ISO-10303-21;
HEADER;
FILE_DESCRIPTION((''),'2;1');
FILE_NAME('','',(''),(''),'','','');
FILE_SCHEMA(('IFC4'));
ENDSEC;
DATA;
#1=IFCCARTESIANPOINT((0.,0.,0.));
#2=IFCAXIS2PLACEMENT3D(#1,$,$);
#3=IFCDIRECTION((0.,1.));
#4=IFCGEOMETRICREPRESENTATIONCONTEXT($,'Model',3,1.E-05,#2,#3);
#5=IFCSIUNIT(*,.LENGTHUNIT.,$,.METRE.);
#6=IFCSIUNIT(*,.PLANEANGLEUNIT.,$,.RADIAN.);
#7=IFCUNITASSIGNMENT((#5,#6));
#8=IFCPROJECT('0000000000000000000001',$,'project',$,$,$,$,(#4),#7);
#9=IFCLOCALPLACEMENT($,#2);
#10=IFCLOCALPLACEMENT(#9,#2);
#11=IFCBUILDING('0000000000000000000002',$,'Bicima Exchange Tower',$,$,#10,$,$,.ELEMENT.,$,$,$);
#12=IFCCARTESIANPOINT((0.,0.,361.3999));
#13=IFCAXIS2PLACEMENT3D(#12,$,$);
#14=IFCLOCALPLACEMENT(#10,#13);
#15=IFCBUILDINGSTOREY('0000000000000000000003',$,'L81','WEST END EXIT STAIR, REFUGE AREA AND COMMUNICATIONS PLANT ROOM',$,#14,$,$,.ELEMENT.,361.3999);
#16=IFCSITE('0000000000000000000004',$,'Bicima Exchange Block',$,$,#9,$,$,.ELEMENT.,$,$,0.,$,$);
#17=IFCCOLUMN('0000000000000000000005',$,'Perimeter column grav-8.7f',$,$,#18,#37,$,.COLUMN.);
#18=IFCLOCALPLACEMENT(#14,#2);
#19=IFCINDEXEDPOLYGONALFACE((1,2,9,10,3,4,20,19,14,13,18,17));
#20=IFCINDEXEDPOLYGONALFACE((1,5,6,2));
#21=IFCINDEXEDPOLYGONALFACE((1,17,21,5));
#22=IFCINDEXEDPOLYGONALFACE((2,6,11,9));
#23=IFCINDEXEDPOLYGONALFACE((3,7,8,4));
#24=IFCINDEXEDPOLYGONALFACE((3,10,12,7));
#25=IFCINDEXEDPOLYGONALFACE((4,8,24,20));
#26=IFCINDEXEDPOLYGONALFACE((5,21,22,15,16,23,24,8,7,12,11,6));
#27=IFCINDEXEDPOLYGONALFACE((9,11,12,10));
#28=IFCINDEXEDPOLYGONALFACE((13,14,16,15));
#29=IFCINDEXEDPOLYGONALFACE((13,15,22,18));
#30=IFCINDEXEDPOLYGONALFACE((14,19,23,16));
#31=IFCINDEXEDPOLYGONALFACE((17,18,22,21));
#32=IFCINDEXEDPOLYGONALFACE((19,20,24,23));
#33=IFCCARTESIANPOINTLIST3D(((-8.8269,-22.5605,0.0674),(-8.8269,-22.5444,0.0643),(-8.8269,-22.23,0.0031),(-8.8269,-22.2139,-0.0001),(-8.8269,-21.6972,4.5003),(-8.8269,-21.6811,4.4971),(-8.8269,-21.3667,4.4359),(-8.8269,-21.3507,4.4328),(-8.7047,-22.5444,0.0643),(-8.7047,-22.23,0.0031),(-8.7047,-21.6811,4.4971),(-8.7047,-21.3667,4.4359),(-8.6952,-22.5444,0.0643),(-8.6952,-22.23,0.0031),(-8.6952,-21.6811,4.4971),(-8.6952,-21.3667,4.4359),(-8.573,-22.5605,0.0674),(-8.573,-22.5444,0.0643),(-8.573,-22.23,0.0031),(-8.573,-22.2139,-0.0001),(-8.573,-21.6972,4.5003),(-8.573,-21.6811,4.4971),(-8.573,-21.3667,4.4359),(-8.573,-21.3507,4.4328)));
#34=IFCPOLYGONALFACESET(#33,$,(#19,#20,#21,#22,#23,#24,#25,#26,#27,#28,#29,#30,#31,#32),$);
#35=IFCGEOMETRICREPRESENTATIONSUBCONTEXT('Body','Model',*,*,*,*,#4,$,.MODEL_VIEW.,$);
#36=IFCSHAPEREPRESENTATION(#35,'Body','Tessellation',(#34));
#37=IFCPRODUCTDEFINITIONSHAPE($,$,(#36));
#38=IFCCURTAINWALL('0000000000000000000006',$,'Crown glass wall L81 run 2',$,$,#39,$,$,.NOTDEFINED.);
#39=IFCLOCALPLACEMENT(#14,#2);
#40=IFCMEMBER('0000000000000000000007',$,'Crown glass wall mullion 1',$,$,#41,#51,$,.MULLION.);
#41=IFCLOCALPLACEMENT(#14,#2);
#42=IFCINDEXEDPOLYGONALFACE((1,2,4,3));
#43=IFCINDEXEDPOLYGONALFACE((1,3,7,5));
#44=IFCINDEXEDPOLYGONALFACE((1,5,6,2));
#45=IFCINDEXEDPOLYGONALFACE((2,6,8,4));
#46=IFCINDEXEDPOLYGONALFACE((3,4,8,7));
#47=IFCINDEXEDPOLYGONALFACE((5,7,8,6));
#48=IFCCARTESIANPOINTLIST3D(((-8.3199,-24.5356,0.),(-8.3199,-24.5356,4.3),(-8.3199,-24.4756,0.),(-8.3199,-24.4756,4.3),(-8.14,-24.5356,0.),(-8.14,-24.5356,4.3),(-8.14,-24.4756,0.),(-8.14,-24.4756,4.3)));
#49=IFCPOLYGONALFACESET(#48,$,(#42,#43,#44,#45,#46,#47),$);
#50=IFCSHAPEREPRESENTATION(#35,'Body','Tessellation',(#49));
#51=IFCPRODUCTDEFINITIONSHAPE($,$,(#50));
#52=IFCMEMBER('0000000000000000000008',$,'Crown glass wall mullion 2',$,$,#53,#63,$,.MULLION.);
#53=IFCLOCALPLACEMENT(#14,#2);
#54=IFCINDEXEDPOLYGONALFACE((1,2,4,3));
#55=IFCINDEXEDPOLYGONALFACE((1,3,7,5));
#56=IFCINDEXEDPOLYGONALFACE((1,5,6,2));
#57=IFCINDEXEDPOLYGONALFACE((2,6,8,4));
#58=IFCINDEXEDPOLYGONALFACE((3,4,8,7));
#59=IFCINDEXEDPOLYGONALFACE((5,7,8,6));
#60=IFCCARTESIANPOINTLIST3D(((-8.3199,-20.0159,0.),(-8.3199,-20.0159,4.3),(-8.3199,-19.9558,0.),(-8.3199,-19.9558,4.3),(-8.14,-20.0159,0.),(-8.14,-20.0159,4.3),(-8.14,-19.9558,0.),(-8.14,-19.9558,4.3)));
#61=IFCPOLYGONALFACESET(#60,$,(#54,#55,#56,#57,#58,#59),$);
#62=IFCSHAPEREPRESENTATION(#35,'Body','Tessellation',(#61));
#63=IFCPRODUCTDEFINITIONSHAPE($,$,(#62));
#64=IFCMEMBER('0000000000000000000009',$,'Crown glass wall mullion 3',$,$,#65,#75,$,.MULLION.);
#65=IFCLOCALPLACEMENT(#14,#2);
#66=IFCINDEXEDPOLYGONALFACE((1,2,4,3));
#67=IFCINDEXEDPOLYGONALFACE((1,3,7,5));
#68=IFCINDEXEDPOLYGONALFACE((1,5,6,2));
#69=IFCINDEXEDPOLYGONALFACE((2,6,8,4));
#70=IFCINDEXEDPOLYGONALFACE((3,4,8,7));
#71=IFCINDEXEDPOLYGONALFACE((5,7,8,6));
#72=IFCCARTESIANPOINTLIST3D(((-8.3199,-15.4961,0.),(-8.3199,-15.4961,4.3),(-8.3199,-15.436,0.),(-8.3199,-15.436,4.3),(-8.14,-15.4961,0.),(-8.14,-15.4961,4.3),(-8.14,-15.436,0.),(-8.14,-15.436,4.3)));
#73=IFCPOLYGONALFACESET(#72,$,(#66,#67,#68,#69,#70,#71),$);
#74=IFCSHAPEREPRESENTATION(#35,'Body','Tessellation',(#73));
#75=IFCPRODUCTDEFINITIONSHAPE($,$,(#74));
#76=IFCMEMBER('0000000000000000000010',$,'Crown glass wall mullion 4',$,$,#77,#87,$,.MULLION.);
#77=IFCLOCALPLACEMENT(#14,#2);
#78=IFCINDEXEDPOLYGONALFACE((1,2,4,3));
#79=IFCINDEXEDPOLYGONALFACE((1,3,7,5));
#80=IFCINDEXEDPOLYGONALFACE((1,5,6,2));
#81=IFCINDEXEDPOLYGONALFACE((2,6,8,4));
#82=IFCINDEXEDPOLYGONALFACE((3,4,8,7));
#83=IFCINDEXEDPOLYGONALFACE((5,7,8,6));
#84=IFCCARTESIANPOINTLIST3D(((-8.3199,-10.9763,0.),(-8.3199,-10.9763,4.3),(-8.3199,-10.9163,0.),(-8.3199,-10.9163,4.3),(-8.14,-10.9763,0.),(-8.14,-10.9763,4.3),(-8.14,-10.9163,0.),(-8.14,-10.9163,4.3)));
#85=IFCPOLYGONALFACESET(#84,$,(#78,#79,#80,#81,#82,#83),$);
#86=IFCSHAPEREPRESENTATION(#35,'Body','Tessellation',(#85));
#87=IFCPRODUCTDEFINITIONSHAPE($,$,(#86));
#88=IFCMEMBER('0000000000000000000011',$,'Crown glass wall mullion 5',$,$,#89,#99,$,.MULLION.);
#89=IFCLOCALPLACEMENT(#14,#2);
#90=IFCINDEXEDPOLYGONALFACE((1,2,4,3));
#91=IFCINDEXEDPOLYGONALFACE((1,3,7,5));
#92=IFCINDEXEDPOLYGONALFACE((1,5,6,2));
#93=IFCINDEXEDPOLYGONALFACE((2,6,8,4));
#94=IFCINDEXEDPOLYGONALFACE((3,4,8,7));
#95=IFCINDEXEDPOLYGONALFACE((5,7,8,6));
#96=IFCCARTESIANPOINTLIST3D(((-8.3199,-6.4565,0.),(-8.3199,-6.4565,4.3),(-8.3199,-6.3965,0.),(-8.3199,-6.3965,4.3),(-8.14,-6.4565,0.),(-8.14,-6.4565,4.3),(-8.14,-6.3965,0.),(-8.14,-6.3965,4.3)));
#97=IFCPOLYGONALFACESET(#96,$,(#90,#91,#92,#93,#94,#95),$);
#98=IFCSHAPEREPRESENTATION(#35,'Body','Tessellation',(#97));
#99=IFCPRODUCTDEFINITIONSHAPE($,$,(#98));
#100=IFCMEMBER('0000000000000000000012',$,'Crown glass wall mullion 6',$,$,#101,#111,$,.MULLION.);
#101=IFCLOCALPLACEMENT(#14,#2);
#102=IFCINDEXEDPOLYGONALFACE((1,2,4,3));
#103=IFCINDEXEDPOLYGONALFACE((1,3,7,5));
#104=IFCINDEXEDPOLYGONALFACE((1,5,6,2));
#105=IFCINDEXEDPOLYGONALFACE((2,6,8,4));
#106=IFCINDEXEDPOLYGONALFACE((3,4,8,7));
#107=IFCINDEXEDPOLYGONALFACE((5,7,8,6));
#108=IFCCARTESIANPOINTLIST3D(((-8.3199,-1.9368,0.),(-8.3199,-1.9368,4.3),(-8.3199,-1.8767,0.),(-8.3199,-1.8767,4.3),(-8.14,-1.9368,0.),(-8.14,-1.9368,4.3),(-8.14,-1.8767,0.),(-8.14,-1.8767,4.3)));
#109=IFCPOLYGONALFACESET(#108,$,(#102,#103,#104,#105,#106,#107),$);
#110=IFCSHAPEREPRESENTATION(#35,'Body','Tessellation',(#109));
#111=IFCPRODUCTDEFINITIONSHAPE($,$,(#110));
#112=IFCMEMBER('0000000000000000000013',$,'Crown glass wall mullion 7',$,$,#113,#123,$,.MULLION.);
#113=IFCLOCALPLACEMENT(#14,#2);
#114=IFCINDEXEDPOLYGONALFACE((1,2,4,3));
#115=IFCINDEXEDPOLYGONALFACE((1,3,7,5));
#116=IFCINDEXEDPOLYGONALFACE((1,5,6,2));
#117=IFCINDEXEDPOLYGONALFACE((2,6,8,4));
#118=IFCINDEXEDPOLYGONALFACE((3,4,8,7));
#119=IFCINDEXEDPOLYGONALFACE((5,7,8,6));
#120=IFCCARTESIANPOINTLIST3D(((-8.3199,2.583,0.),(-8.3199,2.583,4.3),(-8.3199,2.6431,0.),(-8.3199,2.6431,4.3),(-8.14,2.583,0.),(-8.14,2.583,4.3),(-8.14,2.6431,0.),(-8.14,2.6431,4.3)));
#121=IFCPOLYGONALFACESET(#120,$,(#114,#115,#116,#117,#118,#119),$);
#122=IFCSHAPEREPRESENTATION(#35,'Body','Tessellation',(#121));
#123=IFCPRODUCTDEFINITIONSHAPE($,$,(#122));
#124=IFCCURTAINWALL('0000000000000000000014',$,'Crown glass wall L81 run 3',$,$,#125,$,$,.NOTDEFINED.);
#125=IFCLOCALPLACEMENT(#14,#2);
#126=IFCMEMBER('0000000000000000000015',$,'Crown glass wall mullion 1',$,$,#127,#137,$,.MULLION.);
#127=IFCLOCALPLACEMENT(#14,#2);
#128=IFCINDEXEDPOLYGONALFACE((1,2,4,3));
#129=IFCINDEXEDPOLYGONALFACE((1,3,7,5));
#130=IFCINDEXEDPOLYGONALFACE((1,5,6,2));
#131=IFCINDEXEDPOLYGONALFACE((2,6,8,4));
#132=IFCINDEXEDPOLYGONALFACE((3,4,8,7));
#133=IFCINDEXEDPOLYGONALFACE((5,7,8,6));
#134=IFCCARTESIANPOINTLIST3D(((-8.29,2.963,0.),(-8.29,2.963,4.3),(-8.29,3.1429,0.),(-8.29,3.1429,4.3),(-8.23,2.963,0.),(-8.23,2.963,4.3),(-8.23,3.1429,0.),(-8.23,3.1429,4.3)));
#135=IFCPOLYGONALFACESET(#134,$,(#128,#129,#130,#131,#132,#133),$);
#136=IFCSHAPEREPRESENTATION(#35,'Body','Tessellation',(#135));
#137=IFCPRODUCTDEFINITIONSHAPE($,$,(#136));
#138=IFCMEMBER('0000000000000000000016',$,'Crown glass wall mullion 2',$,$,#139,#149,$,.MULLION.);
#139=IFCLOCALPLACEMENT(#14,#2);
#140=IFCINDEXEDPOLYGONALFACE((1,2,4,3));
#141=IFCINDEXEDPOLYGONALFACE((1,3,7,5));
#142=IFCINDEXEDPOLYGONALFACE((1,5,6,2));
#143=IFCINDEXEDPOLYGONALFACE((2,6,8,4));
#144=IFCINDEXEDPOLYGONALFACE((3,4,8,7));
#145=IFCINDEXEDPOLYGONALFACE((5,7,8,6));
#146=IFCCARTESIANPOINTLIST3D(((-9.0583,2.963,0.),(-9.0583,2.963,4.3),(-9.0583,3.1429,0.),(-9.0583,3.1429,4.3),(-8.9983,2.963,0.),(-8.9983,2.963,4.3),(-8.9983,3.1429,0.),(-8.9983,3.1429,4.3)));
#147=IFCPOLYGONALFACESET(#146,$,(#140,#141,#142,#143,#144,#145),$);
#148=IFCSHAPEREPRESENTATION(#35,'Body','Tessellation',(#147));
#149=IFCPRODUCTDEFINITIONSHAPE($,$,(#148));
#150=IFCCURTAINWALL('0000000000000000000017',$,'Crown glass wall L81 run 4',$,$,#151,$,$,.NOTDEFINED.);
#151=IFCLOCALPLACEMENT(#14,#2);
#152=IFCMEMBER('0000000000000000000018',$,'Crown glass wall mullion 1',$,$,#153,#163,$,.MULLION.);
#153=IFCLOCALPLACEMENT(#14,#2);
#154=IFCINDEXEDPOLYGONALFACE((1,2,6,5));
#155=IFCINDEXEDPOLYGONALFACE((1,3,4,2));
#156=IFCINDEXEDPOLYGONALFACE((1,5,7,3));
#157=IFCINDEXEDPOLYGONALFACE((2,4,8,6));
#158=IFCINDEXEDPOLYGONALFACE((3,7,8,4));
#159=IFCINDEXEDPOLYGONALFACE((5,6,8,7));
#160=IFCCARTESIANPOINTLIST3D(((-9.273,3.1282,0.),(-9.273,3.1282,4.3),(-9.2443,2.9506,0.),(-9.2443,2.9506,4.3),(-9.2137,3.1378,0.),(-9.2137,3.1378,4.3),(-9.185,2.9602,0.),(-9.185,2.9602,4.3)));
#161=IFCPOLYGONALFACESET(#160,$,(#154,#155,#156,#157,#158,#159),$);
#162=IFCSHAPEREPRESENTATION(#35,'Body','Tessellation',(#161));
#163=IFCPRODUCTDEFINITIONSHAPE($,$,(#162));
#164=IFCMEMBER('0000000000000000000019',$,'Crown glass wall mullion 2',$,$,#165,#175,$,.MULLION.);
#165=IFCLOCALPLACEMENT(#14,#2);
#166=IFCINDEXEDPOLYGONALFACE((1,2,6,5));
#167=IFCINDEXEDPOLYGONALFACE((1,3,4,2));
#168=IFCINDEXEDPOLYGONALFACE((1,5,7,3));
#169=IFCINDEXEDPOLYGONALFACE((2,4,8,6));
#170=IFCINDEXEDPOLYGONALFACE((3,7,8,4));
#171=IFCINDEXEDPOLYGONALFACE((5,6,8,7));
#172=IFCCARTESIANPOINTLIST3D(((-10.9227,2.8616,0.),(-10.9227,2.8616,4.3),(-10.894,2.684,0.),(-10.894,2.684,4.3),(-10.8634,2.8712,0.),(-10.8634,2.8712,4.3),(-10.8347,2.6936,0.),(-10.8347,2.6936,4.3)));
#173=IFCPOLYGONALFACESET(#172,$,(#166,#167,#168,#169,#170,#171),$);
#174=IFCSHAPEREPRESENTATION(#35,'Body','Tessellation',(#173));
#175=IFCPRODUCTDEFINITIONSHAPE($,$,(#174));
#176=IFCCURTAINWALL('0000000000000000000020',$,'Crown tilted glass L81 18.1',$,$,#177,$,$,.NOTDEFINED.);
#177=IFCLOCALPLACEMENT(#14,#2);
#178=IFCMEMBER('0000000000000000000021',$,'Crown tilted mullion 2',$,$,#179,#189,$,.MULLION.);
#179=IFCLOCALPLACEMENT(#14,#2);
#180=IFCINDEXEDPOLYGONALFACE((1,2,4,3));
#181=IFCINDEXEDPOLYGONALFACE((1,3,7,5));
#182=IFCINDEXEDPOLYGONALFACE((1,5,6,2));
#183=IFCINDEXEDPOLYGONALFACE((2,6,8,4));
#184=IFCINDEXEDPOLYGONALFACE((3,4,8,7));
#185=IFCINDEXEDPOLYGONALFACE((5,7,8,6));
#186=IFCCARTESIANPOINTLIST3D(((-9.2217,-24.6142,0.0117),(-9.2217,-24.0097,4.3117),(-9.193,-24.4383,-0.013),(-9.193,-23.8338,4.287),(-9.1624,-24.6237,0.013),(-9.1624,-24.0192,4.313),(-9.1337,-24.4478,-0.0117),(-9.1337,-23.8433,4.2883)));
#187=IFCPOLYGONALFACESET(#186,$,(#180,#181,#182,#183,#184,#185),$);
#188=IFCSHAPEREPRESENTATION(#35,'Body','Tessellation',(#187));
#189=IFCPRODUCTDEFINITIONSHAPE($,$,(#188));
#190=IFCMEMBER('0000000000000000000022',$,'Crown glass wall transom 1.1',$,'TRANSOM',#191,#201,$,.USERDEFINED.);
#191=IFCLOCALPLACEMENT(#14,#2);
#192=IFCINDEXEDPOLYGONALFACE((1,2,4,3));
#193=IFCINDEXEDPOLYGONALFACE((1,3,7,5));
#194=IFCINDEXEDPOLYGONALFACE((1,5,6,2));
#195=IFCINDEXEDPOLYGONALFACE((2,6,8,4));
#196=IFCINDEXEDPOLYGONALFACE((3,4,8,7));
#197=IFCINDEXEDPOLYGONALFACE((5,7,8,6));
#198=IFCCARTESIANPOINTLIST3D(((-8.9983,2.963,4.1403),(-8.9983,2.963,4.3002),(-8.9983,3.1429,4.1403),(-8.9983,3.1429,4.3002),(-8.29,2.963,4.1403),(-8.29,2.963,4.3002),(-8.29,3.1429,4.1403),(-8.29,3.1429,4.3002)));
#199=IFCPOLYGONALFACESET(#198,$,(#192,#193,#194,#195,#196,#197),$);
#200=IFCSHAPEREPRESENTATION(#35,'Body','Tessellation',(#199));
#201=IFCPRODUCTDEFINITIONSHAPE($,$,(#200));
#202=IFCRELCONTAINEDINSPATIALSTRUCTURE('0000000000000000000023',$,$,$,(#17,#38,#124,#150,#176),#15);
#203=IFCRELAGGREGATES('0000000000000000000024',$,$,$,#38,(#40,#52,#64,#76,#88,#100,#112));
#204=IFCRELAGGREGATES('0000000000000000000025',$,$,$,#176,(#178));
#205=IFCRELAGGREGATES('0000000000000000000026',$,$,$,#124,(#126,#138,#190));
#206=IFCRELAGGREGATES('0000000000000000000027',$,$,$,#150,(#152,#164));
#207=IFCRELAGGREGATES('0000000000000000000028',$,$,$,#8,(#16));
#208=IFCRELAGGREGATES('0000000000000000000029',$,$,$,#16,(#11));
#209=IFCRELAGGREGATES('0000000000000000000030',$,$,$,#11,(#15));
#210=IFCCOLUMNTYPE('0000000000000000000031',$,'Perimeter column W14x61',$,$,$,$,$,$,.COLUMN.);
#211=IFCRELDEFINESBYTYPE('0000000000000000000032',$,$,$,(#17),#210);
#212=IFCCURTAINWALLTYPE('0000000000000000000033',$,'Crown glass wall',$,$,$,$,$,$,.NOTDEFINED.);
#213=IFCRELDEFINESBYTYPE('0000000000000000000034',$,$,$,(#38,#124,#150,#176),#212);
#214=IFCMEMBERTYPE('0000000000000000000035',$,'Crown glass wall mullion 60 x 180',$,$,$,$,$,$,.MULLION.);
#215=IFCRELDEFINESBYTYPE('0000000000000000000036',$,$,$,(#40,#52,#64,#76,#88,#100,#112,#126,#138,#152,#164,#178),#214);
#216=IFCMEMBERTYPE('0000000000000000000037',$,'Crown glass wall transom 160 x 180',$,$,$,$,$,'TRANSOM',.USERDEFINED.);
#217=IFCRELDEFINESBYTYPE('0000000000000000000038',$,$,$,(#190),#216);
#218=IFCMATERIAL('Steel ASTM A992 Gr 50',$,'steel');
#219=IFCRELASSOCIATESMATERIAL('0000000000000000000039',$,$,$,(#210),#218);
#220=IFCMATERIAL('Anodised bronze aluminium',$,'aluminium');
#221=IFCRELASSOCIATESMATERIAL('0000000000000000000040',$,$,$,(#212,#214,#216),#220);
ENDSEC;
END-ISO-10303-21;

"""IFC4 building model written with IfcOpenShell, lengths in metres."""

from ifc_helpers import new_model, si_unit, direction, frame, origin, origin_2d, place, context, subcontext, project, spatial, rectangle, i_section, extrude, material, material_profile, profile_set, type_object, element, aggregate, save


model = new_model("IFC4")

# Units and contexts
model_context = context("Model", 3, precision=1e-05, world=origin(), true_north=direction((0.0, 1.0)))
body_context = subcontext(model_context, "Body", "Model", "MODEL_VIEW")
ifc_project = project(units=[si_unit("LENGTHUNIT", "METRE"), si_unit("PLANEANGLEUNIT", "RADIAN")], contexts=[model_context])

# Site, building, storey
site_placement = place(None, origin())
site = spatial("IfcSite", under=ifc_project, at=site_placement, Name="Bicima Exchange Block", CompositionType="ELEMENT", RefElevation=0.0)
building_placement = place(site_placement, origin())
building = spatial("IfcBuilding", under=site, at=building_placement, Name="Bicima Exchange Tower", CompositionType="ELEMENT")
storey_placement = place(building_placement, frame((0.0, 0.0, 361.3999)))
storey = spatial("IfcBuildingStorey", under=building, at=storey_placement, Name="L81", Description="WEST END EXIT STAIR, REFUGE AREA AND COMMUNICATIONS PLANT ROOM", CompositionType="ELEMENT", Elevation=361.3999)

# Column
ifc_material_1 = material(Name="Steel ASTM A992 Gr 50", Category="steel")
ifc_material_profile_1 = material_profile(ifc_material_1, i_section(OverallWidth=0.2539, OverallDepth=0.353, WebThickness=0.0095, FlangeThickness=0.0164, at=origin_2d()))
ifc_profile_set_1 = profile_set([ifc_material_profile_1], Name="Steel ASTM A992 Gr 50")
column_type = type_object("IfcColumnType", Name="Perimeter column W14x61", PredefinedType="COLUMN", material=ifc_profile_set_1)
column_placement = place(storey_placement, frame((-8.7, -22.3872, 0.0337), z_axis=(0.0, 0.191155, 0.98156), x_axis=(-1.0, 0.0, 0.0)))
element("IfcColumn", 1, at=column_placement, inside=storey, type_object=column_type, Name="Perimeter column grav-8.7f", PredefinedType="COLUMN", context=body_context, shape_type="SweptSolid", body=[
    extrude(i_section(OverallWidth=0.2539, OverallDepth=0.353, WebThickness=0.0095, FlangeThickness=0.0164, at=origin_2d()), origin(), (0.0, 0.0, 1.0), 4.5161),
])

# Curtain walls, members
ifc_material_2 = material(Name="Anodised bronze aluminium", Category="aluminium")
curtain_wall_type = type_object("IfcCurtainWallType", Name="Crown glass wall", PredefinedType="NOTDEFINED", material=ifc_material_2)
curtain_wall_1_placement = place(storey_placement, origin())
curtain_wall_1 = element("IfcCurtainWall", 2, at=curtain_wall_1_placement, inside=storey, type_object=curtain_wall_type, Name="Crown glass wall L81 run 2", PredefinedType="NOTDEFINED")
ifc_material_profile_2 = material_profile(ifc_material_2, rectangle(XDim=0.1799, YDim=0.0601, at=origin_2d()))
ifc_profile_set_2 = profile_set([ifc_material_profile_2], Name="Anodised bronze aluminium")
member_type_1 = type_object("IfcMemberType", Name="Crown glass wall mullion 60 x 180", PredefinedType="MULLION", material=ifc_profile_set_2)
member_1_placement = place(storey_placement, frame((-8.23, -24.5056, 0.0), z_axis=(0.0, 0.0, 1.0), x_axis=(-1.0, 0.0, 0.0)))
member_1 = element("IfcMember", 3, at=member_1_placement, type_object=member_type_1, Name="Crown glass wall mullion 1", PredefinedType="MULLION", context=body_context, shape_type="SweptSolid", body=[
    extrude(rectangle(XDim=0.1799, YDim=0.0601, at=origin_2d()), origin(), (0.0, 0.0, 1.0), 4.3),
])
member_2_placement = place(storey_placement, frame((-8.23, -19.9858, 0.0), z_axis=(0.0, 0.0, 1.0), x_axis=(-1.0, 0.0, 0.0)))
member_2 = element("IfcMember", 4, at=member_2_placement, type_object=member_type_1, Name="Crown glass wall mullion 2", PredefinedType="MULLION", context=body_context, shape_type="SweptSolid", body=[
    extrude(rectangle(XDim=0.1799, YDim=0.0601, at=origin_2d()), origin(), (0.0, 0.0, 1.0), 4.3),
])
member_3_placement = place(storey_placement, frame((-8.23, -15.4661, 0.0), z_axis=(0.0, 0.0, 1.0), x_axis=(-1.0, 0.0, 0.0)))
member_3 = element("IfcMember", 5, at=member_3_placement, type_object=member_type_1, Name="Crown glass wall mullion 3", PredefinedType="MULLION", context=body_context, shape_type="SweptSolid", body=[
    extrude(rectangle(XDim=0.1799, YDim=0.0601, at=origin_2d()), origin(), (0.0, 0.0, 1.0), 4.3),
])
member_4_placement = place(storey_placement, frame((-8.23, -10.9463, 0.0), z_axis=(0.0, 0.0, 1.0), x_axis=(-1.0, 0.0, 0.0)))
member_4 = element("IfcMember", 6, at=member_4_placement, type_object=member_type_1, Name="Crown glass wall mullion 4", PredefinedType="MULLION", context=body_context, shape_type="SweptSolid", body=[
    extrude(rectangle(XDim=0.1799, YDim=0.0601, at=origin_2d()), origin(), (0.0, 0.0, 1.0), 4.3),
])
member_5_placement = place(storey_placement, frame((-8.23, -6.4265, 0.0), z_axis=(0.0, 0.0, 1.0), x_axis=(-1.0, 0.0, 0.0)))
member_5 = element("IfcMember", 7, at=member_5_placement, type_object=member_type_1, Name="Crown glass wall mullion 5", PredefinedType="MULLION", context=body_context, shape_type="SweptSolid", body=[
    extrude(rectangle(XDim=0.1799, YDim=0.0601, at=origin_2d()), origin(), (0.0, 0.0, 1.0), 4.3),
])
member_6_placement = place(storey_placement, frame((-8.23, -1.9067, 0.0), z_axis=(0.0, 0.0, 1.0), x_axis=(-1.0, 0.0, 0.0)))
member_6 = element("IfcMember", 8, at=member_6_placement, type_object=member_type_1, Name="Crown glass wall mullion 6", PredefinedType="MULLION", context=body_context, shape_type="SweptSolid", body=[
    extrude(rectangle(XDim=0.1799, YDim=0.0601, at=origin_2d()), origin(), (0.0, 0.0, 1.0), 4.3),
])
member_7_placement = place(storey_placement, frame((-8.23, 2.613, 0.0), z_axis=(0.0, 0.0, 1.0), x_axis=(-1.0, 0.0, 0.0)))
member_7 = element("IfcMember", 9, at=member_7_placement, type_object=member_type_1, Name="Crown glass wall mullion 7", PredefinedType="MULLION", context=body_context, shape_type="SweptSolid", body=[
    extrude(rectangle(XDim=0.1799, YDim=0.0601, at=origin_2d()), origin(), (0.0, 0.0, 1.0), 4.3),
])
aggregate(curtain_wall_1, [member_1, member_2, member_3, member_4, member_5, member_6, member_7])
curtain_wall_2_placement = place(storey_placement, origin())
curtain_wall_2 = element("IfcCurtainWall", 10, at=curtain_wall_2_placement, inside=storey, type_object=curtain_wall_type, Name="Crown glass wall L81 run 3", PredefinedType="NOTDEFINED")
member_8_placement = place(storey_placement, frame((-8.26, 3.053, 0.0), z_axis=(0.0, 0.0, 1.0), x_axis=(0.0, -1.0, 0.0)))
member_8 = element("IfcMember", 11, at=member_8_placement, type_object=member_type_1, Name="Crown glass wall mullion 1", PredefinedType="MULLION", context=body_context, shape_type="SweptSolid", body=[
    extrude(rectangle(XDim=0.1799, YDim=0.0601, at=origin_2d()), origin(), (0.0, 0.0, 1.0), 4.3),
])
member_9_placement = place(storey_placement, frame((-9.0283, 3.053, 0.0), z_axis=(0.0, 0.0, 1.0), x_axis=(0.0, -1.0, 0.0)))
member_9 = element("IfcMember", 12, at=member_9_placement, type_object=member_type_1, Name="Crown glass wall mullion 2", PredefinedType="MULLION", context=body_context, shape_type="SweptSolid", body=[
    extrude(rectangle(XDim=0.1799, YDim=0.0601, at=origin_2d()), origin(), (0.0, 0.0, 1.0), 4.3),
])
curtain_wall_3_placement = place(storey_placement, origin())
curtain_wall_3 = element("IfcCurtainWall", 13, at=curtain_wall_3_placement, inside=storey, type_object=curtain_wall_type, Name="Crown glass wall L81 run 4", PredefinedType="NOTDEFINED")
member_10_placement = place(storey_placement, frame((-9.229, 3.0442, 0.0), z_axis=(0.0, 0.0, 1.0), x_axis=(0.15955, -0.98719, 0.0)))
member_10 = element("IfcMember", 14, at=member_10_placement, type_object=member_type_1, Name="Crown glass wall mullion 1", PredefinedType="MULLION", context=body_context, shape_type="SweptSolid", body=[
    extrude(rectangle(XDim=0.1799, YDim=0.0601, at=origin_2d()), origin(), (0.0, 0.0, 1.0), 4.3),
])
member_11_placement = place(storey_placement, frame((-10.8787, 2.7776, 0.0), z_axis=(0.0, 0.0, 1.0), x_axis=(0.15955, -0.98719, 0.0)))
member_11 = element("IfcMember", 15, at=member_11_placement, type_object=member_type_1, Name="Crown glass wall mullion 2", PredefinedType="MULLION", context=body_context, shape_type="SweptSolid", body=[
    extrude(rectangle(XDim=0.1799, YDim=0.0601, at=origin_2d()), origin(), (0.0, 0.0, 1.0), 4.3),
])

# Curtain wall, member
curtain_wall_4_placement = place(storey_placement, origin())
curtain_wall_4 = element("IfcCurtainWall", 16, at=curtain_wall_4_placement, inside=storey, type_object=curtain_wall_type, Name="Crown tilted glass L81 18.1", PredefinedType="NOTDEFINED")
member_12_placement = place(storey_placement, frame((-9.1777, -24.531, 0.0), z_axis=(0.0, 0.139209, 0.990263), x_axis=(-0.15955, -0.977578, 0.137426)))
member_12 = element("IfcMember", 17, at=member_12_placement, type_object=member_type_1, Name="Crown tilted mullion 2", PredefinedType="MULLION", context=body_context, shape_type="SweptSolid", body=[
    extrude(rectangle(XDim=0.1799, YDim=0.0601, at=origin_2d()), origin(), (0.0, 0.0, 1.0), 4.3423),
])
aggregate(curtain_wall_4, [member_12])

# Member
ifc_material_profile_3 = material_profile(ifc_material_2, rectangle(XDim=0.1799, YDim=0.1599, at=origin_2d()))
ifc_profile_set_3 = profile_set([ifc_material_profile_3], Name="Anodised bronze aluminium")
member_type_2 = type_object("IfcMemberType", Name="Crown glass wall transom 160 x 180", ElementType="TRANSOM", PredefinedType="USERDEFINED", material=ifc_profile_set_3)
member_13_placement = place(storey_placement, frame((-8.29, 3.053, 4.2202), z_axis=(-1.0, 0.0, 0.0), x_axis=(0.0, -1.0, 0.0)))
member_13 = element("IfcMember", 18, at=member_13_placement, type_object=member_type_2, Name="Crown glass wall transom 1.1", ObjectType="TRANSOM", PredefinedType="USERDEFINED", context=body_context, shape_type="SweptSolid", body=[
    extrude(rectangle(XDim=0.1799, YDim=0.1599, at=origin_2d()), origin(), (0.0, 0.0, 1.0), 0.7083),
])

aggregate(curtain_wall_2, [member_8, member_9, member_13])
aggregate(curtain_wall_3, [member_10, member_11])

save(model, "model.ifc")
